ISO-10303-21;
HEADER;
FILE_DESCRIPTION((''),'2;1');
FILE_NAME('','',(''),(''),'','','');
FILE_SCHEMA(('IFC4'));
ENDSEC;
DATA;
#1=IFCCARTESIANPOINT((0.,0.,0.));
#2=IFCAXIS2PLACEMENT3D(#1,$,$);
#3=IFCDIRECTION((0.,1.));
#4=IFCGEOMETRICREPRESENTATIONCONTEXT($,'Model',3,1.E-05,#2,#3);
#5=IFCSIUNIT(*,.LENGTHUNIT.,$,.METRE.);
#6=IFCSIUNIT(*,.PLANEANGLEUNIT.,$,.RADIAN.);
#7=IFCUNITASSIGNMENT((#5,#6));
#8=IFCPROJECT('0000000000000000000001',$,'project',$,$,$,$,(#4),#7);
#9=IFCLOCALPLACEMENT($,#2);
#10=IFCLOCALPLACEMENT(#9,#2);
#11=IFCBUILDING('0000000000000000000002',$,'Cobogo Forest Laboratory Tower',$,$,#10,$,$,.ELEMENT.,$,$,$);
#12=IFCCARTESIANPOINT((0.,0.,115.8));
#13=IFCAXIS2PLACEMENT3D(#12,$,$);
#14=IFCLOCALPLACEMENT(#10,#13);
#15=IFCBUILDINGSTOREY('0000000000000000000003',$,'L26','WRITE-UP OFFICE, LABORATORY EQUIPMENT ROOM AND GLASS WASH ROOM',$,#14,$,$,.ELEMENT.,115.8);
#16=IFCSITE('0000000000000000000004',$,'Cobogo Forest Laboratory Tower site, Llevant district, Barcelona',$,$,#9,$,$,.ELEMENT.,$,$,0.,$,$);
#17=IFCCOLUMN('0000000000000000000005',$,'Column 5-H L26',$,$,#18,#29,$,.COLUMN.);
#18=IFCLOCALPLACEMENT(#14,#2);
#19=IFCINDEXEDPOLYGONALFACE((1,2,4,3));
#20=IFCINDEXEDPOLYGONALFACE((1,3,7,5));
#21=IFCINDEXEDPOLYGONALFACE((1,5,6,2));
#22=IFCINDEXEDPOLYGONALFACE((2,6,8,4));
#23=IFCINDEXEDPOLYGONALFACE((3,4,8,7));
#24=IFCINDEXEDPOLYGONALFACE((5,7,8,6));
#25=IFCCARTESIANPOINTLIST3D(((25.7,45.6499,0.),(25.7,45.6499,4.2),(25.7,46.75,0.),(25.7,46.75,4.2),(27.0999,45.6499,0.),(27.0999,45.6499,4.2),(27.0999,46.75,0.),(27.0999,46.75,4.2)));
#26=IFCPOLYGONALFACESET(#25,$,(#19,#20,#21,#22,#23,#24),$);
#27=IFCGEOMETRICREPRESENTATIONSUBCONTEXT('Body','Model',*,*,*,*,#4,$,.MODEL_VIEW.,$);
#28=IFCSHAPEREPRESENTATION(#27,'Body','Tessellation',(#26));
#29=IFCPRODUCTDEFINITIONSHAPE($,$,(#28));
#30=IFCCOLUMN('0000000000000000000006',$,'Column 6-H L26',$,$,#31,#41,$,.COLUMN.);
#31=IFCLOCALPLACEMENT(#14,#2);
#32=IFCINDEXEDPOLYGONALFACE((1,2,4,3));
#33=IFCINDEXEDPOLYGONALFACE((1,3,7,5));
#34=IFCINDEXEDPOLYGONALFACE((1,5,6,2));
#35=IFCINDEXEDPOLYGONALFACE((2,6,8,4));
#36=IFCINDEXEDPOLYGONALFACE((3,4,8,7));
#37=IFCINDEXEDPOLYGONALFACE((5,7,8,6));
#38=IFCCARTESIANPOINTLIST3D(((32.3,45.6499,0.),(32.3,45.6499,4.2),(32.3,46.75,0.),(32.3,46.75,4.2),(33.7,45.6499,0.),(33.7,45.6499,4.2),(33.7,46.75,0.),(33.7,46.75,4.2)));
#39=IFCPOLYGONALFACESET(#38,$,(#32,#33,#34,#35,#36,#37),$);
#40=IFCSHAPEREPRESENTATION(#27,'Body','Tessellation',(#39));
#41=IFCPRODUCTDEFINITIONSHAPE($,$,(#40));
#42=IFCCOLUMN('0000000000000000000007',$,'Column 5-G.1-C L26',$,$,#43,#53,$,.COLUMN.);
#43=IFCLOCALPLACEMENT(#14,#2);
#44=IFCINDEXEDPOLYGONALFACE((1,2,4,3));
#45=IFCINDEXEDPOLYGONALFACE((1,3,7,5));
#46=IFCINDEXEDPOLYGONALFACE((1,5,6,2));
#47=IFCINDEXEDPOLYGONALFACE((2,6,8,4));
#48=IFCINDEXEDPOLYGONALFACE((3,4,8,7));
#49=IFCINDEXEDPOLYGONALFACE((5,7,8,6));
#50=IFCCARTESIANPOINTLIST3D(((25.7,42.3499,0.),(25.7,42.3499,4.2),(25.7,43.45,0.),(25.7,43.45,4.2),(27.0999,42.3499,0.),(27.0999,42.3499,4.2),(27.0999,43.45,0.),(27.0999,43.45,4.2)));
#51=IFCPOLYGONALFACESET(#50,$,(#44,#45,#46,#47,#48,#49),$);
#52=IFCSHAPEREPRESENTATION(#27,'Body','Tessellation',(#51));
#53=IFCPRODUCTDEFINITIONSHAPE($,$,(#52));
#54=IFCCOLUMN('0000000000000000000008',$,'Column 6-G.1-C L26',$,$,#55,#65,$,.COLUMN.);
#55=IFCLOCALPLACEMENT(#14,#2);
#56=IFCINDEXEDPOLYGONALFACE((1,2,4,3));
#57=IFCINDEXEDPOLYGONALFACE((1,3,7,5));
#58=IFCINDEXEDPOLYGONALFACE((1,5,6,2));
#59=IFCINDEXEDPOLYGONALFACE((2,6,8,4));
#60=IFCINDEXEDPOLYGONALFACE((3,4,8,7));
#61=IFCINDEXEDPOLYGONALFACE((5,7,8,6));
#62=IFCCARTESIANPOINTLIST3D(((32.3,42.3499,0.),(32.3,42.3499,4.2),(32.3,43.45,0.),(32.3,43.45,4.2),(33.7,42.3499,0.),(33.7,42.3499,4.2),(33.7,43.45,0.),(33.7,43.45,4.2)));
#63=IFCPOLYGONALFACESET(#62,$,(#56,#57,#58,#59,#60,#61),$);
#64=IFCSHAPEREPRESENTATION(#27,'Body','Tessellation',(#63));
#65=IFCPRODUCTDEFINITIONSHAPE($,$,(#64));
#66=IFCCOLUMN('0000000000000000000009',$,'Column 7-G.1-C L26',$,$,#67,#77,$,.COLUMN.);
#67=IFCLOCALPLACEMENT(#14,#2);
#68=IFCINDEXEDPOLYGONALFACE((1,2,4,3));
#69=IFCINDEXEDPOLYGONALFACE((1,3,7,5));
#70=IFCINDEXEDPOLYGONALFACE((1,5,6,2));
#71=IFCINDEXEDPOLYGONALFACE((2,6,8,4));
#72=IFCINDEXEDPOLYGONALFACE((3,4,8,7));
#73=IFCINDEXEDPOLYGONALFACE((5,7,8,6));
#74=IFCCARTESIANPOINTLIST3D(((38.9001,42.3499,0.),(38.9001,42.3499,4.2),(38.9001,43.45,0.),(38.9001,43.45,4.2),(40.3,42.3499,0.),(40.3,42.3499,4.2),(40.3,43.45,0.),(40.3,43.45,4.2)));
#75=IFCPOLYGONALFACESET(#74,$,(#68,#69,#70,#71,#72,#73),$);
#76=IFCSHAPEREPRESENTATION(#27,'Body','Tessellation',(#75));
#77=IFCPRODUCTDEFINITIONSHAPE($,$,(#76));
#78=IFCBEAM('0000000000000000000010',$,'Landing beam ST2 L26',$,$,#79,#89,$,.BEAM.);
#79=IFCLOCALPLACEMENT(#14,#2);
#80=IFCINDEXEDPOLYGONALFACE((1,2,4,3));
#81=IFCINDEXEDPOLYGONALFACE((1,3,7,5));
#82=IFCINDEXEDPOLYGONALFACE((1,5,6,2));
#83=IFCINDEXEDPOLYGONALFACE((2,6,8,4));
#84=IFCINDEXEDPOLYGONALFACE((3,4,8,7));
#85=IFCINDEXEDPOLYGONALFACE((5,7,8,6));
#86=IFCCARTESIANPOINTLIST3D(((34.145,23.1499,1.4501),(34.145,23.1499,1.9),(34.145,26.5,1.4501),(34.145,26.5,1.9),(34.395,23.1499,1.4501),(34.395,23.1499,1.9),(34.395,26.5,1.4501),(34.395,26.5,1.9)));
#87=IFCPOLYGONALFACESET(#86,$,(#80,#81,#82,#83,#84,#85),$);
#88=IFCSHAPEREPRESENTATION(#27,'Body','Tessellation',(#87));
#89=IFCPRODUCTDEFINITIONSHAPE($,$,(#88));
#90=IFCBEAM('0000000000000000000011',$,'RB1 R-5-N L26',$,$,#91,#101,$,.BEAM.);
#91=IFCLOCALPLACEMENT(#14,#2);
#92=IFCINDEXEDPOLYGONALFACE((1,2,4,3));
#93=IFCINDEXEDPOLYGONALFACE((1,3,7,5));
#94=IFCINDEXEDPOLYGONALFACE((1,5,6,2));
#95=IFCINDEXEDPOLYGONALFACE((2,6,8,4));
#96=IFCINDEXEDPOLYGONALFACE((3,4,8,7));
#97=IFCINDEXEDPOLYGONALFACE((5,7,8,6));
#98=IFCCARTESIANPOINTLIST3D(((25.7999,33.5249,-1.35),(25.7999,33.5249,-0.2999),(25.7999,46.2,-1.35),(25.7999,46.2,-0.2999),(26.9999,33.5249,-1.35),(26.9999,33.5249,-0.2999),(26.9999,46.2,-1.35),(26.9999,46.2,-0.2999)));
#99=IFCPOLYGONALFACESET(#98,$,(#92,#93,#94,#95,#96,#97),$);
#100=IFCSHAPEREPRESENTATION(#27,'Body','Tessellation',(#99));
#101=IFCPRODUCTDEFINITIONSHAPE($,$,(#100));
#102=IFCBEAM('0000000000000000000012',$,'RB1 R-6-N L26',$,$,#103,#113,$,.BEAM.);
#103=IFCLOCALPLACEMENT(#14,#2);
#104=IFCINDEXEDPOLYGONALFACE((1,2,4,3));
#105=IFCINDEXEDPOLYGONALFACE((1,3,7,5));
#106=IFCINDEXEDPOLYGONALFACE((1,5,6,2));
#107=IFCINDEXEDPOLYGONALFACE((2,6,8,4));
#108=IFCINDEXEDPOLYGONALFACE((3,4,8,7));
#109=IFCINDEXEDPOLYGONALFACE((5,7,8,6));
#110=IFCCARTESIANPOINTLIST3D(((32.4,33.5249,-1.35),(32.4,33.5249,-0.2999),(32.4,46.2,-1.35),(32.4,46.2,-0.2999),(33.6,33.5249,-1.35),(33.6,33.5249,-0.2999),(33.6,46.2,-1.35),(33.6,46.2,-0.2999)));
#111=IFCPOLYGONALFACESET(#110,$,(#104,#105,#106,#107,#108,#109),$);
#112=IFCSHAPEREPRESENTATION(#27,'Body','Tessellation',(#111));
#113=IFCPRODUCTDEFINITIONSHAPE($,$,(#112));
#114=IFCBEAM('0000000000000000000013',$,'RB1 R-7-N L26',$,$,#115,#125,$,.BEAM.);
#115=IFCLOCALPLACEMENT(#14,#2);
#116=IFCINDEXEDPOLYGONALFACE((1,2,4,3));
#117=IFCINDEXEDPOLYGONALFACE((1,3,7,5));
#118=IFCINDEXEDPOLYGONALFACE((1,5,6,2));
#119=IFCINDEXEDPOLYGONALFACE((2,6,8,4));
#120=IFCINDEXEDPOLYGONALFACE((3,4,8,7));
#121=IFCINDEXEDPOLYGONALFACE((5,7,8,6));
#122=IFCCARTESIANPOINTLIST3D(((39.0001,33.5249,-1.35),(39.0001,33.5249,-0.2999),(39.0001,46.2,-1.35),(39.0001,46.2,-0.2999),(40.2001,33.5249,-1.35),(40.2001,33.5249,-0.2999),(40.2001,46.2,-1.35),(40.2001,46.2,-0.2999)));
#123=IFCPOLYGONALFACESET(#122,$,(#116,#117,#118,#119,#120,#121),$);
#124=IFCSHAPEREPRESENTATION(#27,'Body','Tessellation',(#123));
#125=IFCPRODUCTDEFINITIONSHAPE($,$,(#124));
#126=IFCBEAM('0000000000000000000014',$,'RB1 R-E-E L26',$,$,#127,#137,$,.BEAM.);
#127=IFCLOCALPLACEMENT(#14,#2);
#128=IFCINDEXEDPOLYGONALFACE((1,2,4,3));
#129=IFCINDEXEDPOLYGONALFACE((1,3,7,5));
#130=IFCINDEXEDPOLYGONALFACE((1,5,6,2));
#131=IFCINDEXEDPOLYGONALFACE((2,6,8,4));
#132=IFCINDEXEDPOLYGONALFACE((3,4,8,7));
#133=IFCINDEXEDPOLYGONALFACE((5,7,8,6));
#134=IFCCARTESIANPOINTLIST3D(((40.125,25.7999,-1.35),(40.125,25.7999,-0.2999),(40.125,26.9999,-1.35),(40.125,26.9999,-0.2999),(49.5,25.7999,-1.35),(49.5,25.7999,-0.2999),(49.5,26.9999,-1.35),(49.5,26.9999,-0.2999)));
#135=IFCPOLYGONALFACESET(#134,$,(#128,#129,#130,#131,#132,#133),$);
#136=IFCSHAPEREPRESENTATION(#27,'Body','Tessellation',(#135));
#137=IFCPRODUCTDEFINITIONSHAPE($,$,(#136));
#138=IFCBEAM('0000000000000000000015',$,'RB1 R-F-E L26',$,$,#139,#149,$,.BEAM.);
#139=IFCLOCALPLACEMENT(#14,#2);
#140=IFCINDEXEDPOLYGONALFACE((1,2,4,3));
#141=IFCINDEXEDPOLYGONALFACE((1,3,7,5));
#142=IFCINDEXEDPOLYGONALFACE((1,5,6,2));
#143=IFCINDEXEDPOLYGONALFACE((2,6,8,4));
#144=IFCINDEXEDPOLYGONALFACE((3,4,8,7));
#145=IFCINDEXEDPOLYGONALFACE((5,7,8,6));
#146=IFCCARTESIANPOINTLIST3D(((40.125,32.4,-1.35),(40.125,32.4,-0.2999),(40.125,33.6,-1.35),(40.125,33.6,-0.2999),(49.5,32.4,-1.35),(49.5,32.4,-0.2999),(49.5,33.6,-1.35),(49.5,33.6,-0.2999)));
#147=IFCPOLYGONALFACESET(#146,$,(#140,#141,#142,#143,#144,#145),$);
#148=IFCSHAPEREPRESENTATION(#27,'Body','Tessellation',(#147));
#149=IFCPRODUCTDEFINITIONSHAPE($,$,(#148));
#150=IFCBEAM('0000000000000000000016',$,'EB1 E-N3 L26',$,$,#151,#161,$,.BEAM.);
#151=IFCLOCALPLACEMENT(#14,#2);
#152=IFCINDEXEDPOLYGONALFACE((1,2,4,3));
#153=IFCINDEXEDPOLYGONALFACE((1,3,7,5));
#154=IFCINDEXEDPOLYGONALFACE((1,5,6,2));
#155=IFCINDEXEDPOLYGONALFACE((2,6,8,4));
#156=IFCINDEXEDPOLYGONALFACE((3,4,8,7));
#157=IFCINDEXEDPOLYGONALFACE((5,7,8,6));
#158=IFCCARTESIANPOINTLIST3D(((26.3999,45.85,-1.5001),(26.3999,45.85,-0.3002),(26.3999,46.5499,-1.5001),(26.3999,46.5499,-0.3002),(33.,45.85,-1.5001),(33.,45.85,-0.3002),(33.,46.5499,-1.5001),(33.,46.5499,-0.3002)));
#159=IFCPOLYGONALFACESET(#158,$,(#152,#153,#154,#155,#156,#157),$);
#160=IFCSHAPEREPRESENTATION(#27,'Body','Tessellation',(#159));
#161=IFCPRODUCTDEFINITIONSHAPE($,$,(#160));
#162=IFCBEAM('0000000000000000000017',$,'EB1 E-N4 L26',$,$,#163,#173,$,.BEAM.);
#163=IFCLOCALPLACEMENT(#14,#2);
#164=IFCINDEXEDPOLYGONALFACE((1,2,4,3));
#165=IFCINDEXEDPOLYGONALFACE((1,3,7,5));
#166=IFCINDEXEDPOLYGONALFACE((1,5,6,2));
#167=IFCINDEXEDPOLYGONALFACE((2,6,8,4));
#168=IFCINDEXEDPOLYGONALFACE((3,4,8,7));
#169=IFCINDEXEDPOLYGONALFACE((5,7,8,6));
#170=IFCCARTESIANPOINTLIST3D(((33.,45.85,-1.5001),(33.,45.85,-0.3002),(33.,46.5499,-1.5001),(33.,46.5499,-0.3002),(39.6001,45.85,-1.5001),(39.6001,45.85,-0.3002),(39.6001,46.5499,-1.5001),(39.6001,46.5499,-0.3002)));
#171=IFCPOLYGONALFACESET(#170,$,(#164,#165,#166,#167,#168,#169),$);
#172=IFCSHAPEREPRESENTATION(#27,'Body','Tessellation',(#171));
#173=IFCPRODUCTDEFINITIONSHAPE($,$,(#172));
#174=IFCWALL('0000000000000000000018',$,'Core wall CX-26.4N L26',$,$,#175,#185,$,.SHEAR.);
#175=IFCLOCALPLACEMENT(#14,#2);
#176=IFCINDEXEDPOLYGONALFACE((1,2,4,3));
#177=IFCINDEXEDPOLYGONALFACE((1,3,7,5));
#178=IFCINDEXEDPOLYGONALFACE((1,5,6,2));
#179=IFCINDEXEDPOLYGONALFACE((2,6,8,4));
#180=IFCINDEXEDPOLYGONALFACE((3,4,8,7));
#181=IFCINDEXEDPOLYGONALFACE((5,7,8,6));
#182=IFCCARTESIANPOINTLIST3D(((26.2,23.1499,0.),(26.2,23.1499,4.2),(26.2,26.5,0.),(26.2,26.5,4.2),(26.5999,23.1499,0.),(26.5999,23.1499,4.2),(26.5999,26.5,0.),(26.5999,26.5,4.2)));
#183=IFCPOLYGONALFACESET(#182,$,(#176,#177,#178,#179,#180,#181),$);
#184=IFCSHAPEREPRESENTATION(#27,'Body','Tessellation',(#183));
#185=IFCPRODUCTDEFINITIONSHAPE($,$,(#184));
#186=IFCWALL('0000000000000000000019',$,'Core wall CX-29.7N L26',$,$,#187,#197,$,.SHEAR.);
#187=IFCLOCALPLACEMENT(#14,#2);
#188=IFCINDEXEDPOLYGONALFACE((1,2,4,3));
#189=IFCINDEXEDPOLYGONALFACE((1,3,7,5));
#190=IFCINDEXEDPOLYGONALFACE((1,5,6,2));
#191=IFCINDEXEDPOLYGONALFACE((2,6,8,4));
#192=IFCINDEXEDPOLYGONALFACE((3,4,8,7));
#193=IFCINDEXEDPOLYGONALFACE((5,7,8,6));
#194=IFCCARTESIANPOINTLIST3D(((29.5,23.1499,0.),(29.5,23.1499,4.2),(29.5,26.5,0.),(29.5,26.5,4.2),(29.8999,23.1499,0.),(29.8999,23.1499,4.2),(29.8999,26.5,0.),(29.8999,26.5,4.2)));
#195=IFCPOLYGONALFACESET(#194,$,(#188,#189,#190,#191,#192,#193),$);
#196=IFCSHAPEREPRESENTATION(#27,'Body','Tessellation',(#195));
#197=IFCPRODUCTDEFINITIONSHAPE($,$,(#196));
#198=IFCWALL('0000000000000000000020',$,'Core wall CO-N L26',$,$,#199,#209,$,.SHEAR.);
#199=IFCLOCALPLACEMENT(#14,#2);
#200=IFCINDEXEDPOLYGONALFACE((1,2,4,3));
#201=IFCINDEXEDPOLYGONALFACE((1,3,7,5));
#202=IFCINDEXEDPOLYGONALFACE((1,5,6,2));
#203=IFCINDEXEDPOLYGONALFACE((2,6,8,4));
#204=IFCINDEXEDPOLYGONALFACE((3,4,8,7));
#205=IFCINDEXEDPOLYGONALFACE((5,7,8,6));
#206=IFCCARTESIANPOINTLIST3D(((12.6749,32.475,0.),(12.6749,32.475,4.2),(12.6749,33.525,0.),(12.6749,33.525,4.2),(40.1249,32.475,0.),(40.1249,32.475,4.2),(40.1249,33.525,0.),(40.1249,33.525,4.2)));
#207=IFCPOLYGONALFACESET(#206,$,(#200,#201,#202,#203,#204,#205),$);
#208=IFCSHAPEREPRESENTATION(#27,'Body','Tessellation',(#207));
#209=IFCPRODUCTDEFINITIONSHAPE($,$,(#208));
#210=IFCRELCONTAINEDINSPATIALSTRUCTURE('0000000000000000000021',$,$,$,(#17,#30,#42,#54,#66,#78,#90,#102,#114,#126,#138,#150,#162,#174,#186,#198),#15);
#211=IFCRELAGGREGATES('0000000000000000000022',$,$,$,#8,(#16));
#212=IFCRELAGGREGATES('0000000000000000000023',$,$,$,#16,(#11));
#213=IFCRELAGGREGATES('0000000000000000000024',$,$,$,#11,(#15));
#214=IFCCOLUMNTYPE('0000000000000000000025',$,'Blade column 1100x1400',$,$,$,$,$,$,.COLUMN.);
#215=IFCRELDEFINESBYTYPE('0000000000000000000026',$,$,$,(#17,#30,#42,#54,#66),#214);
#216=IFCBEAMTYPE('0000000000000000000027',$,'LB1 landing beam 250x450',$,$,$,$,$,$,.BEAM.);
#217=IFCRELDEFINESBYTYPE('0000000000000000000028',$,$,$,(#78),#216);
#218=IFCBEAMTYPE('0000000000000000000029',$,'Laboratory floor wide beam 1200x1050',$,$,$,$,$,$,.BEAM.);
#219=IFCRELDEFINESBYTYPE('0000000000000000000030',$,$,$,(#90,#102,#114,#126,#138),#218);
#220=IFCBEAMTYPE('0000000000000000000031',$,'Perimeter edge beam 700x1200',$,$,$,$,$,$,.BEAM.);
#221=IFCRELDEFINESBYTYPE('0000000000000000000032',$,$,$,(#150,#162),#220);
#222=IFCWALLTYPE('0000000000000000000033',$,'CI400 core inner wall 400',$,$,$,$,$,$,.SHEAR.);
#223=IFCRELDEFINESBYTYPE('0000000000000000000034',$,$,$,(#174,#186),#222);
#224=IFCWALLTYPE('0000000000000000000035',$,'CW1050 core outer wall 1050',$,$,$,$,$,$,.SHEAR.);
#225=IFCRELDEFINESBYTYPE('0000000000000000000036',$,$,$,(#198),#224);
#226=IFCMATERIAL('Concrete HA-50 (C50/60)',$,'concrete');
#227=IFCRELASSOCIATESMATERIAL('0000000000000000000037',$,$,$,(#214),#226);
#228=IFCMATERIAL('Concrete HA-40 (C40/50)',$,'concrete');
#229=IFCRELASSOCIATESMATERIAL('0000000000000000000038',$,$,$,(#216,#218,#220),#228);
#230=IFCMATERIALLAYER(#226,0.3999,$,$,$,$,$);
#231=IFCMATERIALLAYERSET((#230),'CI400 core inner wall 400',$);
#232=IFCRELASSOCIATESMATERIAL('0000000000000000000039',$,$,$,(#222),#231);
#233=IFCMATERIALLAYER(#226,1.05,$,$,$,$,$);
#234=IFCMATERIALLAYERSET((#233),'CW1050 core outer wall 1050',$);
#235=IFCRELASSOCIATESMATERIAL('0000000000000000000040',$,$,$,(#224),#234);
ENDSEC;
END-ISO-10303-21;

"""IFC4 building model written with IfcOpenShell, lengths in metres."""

from ifc_helpers import new_model, si_unit, direction, frame, frame_2d, origin, origin_2d, place, context, subcontext, project, spatial, rectangle, extrude, material, layer, layer_set, material_profile, profile_set, type_object, element, save


model = new_model("IFC4")

# Units and contexts
model_context = context("Model", 3, precision=1e-05, world=origin(), true_north=direction((0.0, 1.0)))
body_context = subcontext(model_context, "Body", "Model", "MODEL_VIEW")
ifc_project = project(units=[si_unit("LENGTHUNIT", "METRE"), si_unit("PLANEANGLEUNIT", "RADIAN")], contexts=[model_context])

# Site, building, storey
site_placement = place(None, origin())
site = spatial("IfcSite", under=ifc_project, at=site_placement, Name="Cobogo Forest Laboratory Tower site, Llevant district, Barcelona", CompositionType="ELEMENT", RefElevation=0.0)
building_placement = place(site_placement, origin())
building = spatial("IfcBuilding", under=site, at=building_placement, Name="Cobogo Forest Laboratory Tower", CompositionType="ELEMENT")
storey_placement = place(building_placement, frame((0.0, 0.0, 115.8)))
storey = spatial("IfcBuildingStorey", under=building, at=storey_placement, Name="L26", Description="WRITE-UP OFFICE, LABORATORY EQUIPMENT ROOM AND GLASS WASH ROOM", CompositionType="ELEMENT", Elevation=115.8)

# Columns
ifc_material_1 = material(Name="Concrete HA-50 (C50/60)", Category="concrete")
ifc_material_profile_1 = material_profile(ifc_material_1, rectangle(XDim=1.3999, YDim=1.1001, at=origin_2d()), Name="RC 1100x1400")
ifc_profile_set_1 = profile_set([ifc_material_profile_1], Name="Concrete HA-50 (C50/60)")
column_type = type_object("IfcColumnType", Name="Blade column 1100x1400", PredefinedType="COLUMN", material=ifc_profile_set_1)
for number, where, z_axis, x_axis, name in (
    (1, (26.3999, 46.2, 0.0), (0.0, 0.0, 1.0), (1.0, 0.0, 0.0), "Column 5-H L26"),
    (2, (33.0, 46.2, 0.0), (0.0, 0.0, 1.0), (1.0, 0.0, 0.0), "Column 6-H L26"),
    (3, (26.3999, 42.8999, 0.0), (0.0, 0.0, 1.0), (1.0, 0.0, 0.0), "Column 5-G.1-C L26"),
    (4, (33.0, 42.8999, 0.0), (0.0, 0.0, 1.0), (1.0, 0.0, 0.0), "Column 6-G.1-C L26"),
    (5, (39.6001, 42.8999, 0.0), (0.0, 0.0, 1.0), (1.0, 0.0, 0.0), "Column 7-G.1-C L26"),
):
    element("IfcColumn", number, at=place(storey_placement, frame(where, z_axis=z_axis, x_axis=x_axis)), inside=storey, type_object=column_type, Name=name, PredefinedType="COLUMN", context=body_context, shape_type="SweptSolid", body=[
        extrude(rectangle(XDim=1.3999, YDim=1.1001, at=origin_2d()), origin(), (0.0, 0.0, 1.0), 4.2),
    ])

# Beams
ifc_material_2 = material(Name="Concrete HA-40 (C40/50)", Category="concrete")
ifc_material_profile_2 = material_profile(ifc_material_2, rectangle(XDim=0.25, YDim=0.45, at=origin_2d()), Name="RC 250x450")
ifc_profile_set_2 = profile_set([ifc_material_profile_2], Name="Concrete HA-40 (C40/50)")
beam_type_1 = type_object("IfcBeamType", Name="LB1 landing beam 250x450", PredefinedType="BEAM", material=ifc_profile_set_2)
beam_placement = place(storey_placement, frame((34.27, 23.1499, 1.675), z_axis=(0.0, 1.0, 0.0), x_axis=(-1.0, 0.0, 0.0)))
element("IfcBeam", 6, at=beam_placement, inside=storey, type_object=beam_type_1, Name="Landing beam ST2 L26", PredefinedType="BEAM", context=body_context, shape_type="SweptSolid", body=[
    extrude(rectangle(XDim=0.25, YDim=0.45, at=origin_2d()), origin(), (0.0, 0.0, 1.0), 3.3501),
])
ifc_material_profile_3 = material_profile(ifc_material_2, rectangle(XDim=1.2, YDim=1.05, at=origin_2d()), Name="RC 1200x1050")
ifc_profile_set_3 = profile_set([ifc_material_profile_3], Name="Concrete HA-40 (C40/50)")
beam_type_2 = type_object("IfcBeamType", Name="Laboratory floor wide beam 1200x1050", PredefinedType="BEAM", material=ifc_profile_set_3)
for number, where, z_axis, x_axis, name in (
    (7, (26.3999, 33.5249, -0.825), (0.0, 1.0, 0.0), (-1.0, 0.0, 0.0), "RB1 R-5-N L26"),
    (8, (33.0, 33.5249, -0.825), (0.0, 1.0, 0.0), (-1.0, 0.0, 0.0), "RB1 R-6-N L26"),
    (9, (39.6001, 33.5249, -0.825), (0.0, 1.0, 0.0), (-1.0, 0.0, 0.0), "RB1 R-7-N L26"),
):
    element("IfcBeam", number, at=place(storey_placement, frame(where, z_axis=z_axis, x_axis=x_axis)), inside=storey, type_object=beam_type_2, Name=name, PredefinedType="BEAM", context=body_context, shape_type="SweptSolid", body=[
        extrude(rectangle(XDim=1.2, YDim=1.05, at=origin_2d()), origin(), (0.0, 0.0, 1.0), 12.675),
    ])
for number, where, z_axis, x_axis, name in (
    (10, (40.125, 26.3999, -0.825), (1.0, 0.0, 0.0), (0.0, 1.0, 0.0), "RB1 R-E-E L26"),
    (11, (40.125, 33.0, -0.825), (1.0, 0.0, 0.0), (0.0, 1.0, 0.0), "RB1 R-F-E L26"),
):
    element("IfcBeam", number, at=place(storey_placement, frame(where, z_axis=z_axis, x_axis=x_axis)), inside=storey, type_object=beam_type_2, Name=name, PredefinedType="BEAM", context=body_context, shape_type="SweptSolid", body=[
        extrude(rectangle(XDim=1.2, YDim=1.05, at=origin_2d()), origin(), (0.0, 0.0, 1.0), 9.375),
    ])
ifc_material_profile_4 = material_profile(ifc_material_2, rectangle(XDim=0.7, YDim=1.2, at=origin_2d()), Name="RC 700x1200")
ifc_profile_set_4 = profile_set([ifc_material_profile_4], Name="Concrete HA-40 (C40/50)")
beam_type_3 = type_object("IfcBeamType", Name="Perimeter edge beam 700x1200", PredefinedType="BEAM", material=ifc_profile_set_4)
for number, where, z_axis, x_axis, name in (
    (12, (26.3999, 46.2, -0.9001), (1.0, 0.0, 0.0), (0.0, 1.0, 0.0), "EB1 E-N3 L26"),
    (13, (33.0, 46.2, -0.9001), (1.0, 0.0, 0.0), (0.0, 1.0, 0.0), "EB1 E-N4 L26"),
):
    element("IfcBeam", number, at=place(storey_placement, frame(where, z_axis=z_axis, x_axis=x_axis)), inside=storey, type_object=beam_type_3, Name=name, PredefinedType="BEAM", context=body_context, shape_type="SweptSolid", body=[
        extrude(rectangle(XDim=0.7, YDim=1.2, at=origin_2d()), origin(), (0.0, 0.0, 1.0), 6.6001),
    ])

# Walls
ifc_layer_1 = layer(ifc_material_1, 0.3999)
ifc_layer_set_1 = layer_set([ifc_layer_1], Name="CI400 core inner wall 400")
wall_type_1 = type_object("IfcWallType", Name="CI400 core inner wall 400", PredefinedType="SHEAR", material=ifc_layer_set_1)
for number, where, z_axis, x_axis, name in (
    (14, (26.3999, 23.1499, 0.0), (0.0, 0.0, 1.0), (0.0, 1.0, 0.0), "Core wall CX-26.4N L26"),
    (15, (29.7, 23.1499, 0.0), (0.0, 0.0, 1.0), (0.0, 1.0, 0.0), "Core wall CX-29.7N L26"),
):
    element("IfcWall", number, at=place(storey_placement, frame(where, z_axis=z_axis, x_axis=x_axis)), inside=storey, type_object=wall_type_1, Name=name, PredefinedType="SHEAR", context=body_context, shape_type="SweptSolid", body=[
        extrude(rectangle(XDim=3.3501, YDim=0.3999, at=frame_2d((1.675, 0.0))), origin(), (0.0, 0.0, 1.0), 4.2),
    ])
ifc_layer_2 = layer(ifc_material_1, 1.05)
ifc_layer_set_2 = layer_set([ifc_layer_2], Name="CW1050 core outer wall 1050")
wall_type_2 = type_object("IfcWallType", Name="CW1050 core outer wall 1050", PredefinedType="SHEAR", material=ifc_layer_set_2)
wall_1_placement = place(storey_placement, frame((40.125, 33.0, 0.0), z_axis=(0.0, 0.0, 1.0), x_axis=(-1.0, 0.0, 0.0)))
element("IfcWall", 16, at=wall_1_placement, inside=storey, type_object=wall_type_2, Name="Core wall CO-N L26", PredefinedType="SHEAR", context=body_context, shape_type="SweptSolid", body=[
    extrude(rectangle(XDim=27.45, YDim=1.05, at=frame_2d((13.7251, 0.0))), origin(), (0.0, 0.0, 1.0), 4.2),
])

save(model, "model.ifc")
